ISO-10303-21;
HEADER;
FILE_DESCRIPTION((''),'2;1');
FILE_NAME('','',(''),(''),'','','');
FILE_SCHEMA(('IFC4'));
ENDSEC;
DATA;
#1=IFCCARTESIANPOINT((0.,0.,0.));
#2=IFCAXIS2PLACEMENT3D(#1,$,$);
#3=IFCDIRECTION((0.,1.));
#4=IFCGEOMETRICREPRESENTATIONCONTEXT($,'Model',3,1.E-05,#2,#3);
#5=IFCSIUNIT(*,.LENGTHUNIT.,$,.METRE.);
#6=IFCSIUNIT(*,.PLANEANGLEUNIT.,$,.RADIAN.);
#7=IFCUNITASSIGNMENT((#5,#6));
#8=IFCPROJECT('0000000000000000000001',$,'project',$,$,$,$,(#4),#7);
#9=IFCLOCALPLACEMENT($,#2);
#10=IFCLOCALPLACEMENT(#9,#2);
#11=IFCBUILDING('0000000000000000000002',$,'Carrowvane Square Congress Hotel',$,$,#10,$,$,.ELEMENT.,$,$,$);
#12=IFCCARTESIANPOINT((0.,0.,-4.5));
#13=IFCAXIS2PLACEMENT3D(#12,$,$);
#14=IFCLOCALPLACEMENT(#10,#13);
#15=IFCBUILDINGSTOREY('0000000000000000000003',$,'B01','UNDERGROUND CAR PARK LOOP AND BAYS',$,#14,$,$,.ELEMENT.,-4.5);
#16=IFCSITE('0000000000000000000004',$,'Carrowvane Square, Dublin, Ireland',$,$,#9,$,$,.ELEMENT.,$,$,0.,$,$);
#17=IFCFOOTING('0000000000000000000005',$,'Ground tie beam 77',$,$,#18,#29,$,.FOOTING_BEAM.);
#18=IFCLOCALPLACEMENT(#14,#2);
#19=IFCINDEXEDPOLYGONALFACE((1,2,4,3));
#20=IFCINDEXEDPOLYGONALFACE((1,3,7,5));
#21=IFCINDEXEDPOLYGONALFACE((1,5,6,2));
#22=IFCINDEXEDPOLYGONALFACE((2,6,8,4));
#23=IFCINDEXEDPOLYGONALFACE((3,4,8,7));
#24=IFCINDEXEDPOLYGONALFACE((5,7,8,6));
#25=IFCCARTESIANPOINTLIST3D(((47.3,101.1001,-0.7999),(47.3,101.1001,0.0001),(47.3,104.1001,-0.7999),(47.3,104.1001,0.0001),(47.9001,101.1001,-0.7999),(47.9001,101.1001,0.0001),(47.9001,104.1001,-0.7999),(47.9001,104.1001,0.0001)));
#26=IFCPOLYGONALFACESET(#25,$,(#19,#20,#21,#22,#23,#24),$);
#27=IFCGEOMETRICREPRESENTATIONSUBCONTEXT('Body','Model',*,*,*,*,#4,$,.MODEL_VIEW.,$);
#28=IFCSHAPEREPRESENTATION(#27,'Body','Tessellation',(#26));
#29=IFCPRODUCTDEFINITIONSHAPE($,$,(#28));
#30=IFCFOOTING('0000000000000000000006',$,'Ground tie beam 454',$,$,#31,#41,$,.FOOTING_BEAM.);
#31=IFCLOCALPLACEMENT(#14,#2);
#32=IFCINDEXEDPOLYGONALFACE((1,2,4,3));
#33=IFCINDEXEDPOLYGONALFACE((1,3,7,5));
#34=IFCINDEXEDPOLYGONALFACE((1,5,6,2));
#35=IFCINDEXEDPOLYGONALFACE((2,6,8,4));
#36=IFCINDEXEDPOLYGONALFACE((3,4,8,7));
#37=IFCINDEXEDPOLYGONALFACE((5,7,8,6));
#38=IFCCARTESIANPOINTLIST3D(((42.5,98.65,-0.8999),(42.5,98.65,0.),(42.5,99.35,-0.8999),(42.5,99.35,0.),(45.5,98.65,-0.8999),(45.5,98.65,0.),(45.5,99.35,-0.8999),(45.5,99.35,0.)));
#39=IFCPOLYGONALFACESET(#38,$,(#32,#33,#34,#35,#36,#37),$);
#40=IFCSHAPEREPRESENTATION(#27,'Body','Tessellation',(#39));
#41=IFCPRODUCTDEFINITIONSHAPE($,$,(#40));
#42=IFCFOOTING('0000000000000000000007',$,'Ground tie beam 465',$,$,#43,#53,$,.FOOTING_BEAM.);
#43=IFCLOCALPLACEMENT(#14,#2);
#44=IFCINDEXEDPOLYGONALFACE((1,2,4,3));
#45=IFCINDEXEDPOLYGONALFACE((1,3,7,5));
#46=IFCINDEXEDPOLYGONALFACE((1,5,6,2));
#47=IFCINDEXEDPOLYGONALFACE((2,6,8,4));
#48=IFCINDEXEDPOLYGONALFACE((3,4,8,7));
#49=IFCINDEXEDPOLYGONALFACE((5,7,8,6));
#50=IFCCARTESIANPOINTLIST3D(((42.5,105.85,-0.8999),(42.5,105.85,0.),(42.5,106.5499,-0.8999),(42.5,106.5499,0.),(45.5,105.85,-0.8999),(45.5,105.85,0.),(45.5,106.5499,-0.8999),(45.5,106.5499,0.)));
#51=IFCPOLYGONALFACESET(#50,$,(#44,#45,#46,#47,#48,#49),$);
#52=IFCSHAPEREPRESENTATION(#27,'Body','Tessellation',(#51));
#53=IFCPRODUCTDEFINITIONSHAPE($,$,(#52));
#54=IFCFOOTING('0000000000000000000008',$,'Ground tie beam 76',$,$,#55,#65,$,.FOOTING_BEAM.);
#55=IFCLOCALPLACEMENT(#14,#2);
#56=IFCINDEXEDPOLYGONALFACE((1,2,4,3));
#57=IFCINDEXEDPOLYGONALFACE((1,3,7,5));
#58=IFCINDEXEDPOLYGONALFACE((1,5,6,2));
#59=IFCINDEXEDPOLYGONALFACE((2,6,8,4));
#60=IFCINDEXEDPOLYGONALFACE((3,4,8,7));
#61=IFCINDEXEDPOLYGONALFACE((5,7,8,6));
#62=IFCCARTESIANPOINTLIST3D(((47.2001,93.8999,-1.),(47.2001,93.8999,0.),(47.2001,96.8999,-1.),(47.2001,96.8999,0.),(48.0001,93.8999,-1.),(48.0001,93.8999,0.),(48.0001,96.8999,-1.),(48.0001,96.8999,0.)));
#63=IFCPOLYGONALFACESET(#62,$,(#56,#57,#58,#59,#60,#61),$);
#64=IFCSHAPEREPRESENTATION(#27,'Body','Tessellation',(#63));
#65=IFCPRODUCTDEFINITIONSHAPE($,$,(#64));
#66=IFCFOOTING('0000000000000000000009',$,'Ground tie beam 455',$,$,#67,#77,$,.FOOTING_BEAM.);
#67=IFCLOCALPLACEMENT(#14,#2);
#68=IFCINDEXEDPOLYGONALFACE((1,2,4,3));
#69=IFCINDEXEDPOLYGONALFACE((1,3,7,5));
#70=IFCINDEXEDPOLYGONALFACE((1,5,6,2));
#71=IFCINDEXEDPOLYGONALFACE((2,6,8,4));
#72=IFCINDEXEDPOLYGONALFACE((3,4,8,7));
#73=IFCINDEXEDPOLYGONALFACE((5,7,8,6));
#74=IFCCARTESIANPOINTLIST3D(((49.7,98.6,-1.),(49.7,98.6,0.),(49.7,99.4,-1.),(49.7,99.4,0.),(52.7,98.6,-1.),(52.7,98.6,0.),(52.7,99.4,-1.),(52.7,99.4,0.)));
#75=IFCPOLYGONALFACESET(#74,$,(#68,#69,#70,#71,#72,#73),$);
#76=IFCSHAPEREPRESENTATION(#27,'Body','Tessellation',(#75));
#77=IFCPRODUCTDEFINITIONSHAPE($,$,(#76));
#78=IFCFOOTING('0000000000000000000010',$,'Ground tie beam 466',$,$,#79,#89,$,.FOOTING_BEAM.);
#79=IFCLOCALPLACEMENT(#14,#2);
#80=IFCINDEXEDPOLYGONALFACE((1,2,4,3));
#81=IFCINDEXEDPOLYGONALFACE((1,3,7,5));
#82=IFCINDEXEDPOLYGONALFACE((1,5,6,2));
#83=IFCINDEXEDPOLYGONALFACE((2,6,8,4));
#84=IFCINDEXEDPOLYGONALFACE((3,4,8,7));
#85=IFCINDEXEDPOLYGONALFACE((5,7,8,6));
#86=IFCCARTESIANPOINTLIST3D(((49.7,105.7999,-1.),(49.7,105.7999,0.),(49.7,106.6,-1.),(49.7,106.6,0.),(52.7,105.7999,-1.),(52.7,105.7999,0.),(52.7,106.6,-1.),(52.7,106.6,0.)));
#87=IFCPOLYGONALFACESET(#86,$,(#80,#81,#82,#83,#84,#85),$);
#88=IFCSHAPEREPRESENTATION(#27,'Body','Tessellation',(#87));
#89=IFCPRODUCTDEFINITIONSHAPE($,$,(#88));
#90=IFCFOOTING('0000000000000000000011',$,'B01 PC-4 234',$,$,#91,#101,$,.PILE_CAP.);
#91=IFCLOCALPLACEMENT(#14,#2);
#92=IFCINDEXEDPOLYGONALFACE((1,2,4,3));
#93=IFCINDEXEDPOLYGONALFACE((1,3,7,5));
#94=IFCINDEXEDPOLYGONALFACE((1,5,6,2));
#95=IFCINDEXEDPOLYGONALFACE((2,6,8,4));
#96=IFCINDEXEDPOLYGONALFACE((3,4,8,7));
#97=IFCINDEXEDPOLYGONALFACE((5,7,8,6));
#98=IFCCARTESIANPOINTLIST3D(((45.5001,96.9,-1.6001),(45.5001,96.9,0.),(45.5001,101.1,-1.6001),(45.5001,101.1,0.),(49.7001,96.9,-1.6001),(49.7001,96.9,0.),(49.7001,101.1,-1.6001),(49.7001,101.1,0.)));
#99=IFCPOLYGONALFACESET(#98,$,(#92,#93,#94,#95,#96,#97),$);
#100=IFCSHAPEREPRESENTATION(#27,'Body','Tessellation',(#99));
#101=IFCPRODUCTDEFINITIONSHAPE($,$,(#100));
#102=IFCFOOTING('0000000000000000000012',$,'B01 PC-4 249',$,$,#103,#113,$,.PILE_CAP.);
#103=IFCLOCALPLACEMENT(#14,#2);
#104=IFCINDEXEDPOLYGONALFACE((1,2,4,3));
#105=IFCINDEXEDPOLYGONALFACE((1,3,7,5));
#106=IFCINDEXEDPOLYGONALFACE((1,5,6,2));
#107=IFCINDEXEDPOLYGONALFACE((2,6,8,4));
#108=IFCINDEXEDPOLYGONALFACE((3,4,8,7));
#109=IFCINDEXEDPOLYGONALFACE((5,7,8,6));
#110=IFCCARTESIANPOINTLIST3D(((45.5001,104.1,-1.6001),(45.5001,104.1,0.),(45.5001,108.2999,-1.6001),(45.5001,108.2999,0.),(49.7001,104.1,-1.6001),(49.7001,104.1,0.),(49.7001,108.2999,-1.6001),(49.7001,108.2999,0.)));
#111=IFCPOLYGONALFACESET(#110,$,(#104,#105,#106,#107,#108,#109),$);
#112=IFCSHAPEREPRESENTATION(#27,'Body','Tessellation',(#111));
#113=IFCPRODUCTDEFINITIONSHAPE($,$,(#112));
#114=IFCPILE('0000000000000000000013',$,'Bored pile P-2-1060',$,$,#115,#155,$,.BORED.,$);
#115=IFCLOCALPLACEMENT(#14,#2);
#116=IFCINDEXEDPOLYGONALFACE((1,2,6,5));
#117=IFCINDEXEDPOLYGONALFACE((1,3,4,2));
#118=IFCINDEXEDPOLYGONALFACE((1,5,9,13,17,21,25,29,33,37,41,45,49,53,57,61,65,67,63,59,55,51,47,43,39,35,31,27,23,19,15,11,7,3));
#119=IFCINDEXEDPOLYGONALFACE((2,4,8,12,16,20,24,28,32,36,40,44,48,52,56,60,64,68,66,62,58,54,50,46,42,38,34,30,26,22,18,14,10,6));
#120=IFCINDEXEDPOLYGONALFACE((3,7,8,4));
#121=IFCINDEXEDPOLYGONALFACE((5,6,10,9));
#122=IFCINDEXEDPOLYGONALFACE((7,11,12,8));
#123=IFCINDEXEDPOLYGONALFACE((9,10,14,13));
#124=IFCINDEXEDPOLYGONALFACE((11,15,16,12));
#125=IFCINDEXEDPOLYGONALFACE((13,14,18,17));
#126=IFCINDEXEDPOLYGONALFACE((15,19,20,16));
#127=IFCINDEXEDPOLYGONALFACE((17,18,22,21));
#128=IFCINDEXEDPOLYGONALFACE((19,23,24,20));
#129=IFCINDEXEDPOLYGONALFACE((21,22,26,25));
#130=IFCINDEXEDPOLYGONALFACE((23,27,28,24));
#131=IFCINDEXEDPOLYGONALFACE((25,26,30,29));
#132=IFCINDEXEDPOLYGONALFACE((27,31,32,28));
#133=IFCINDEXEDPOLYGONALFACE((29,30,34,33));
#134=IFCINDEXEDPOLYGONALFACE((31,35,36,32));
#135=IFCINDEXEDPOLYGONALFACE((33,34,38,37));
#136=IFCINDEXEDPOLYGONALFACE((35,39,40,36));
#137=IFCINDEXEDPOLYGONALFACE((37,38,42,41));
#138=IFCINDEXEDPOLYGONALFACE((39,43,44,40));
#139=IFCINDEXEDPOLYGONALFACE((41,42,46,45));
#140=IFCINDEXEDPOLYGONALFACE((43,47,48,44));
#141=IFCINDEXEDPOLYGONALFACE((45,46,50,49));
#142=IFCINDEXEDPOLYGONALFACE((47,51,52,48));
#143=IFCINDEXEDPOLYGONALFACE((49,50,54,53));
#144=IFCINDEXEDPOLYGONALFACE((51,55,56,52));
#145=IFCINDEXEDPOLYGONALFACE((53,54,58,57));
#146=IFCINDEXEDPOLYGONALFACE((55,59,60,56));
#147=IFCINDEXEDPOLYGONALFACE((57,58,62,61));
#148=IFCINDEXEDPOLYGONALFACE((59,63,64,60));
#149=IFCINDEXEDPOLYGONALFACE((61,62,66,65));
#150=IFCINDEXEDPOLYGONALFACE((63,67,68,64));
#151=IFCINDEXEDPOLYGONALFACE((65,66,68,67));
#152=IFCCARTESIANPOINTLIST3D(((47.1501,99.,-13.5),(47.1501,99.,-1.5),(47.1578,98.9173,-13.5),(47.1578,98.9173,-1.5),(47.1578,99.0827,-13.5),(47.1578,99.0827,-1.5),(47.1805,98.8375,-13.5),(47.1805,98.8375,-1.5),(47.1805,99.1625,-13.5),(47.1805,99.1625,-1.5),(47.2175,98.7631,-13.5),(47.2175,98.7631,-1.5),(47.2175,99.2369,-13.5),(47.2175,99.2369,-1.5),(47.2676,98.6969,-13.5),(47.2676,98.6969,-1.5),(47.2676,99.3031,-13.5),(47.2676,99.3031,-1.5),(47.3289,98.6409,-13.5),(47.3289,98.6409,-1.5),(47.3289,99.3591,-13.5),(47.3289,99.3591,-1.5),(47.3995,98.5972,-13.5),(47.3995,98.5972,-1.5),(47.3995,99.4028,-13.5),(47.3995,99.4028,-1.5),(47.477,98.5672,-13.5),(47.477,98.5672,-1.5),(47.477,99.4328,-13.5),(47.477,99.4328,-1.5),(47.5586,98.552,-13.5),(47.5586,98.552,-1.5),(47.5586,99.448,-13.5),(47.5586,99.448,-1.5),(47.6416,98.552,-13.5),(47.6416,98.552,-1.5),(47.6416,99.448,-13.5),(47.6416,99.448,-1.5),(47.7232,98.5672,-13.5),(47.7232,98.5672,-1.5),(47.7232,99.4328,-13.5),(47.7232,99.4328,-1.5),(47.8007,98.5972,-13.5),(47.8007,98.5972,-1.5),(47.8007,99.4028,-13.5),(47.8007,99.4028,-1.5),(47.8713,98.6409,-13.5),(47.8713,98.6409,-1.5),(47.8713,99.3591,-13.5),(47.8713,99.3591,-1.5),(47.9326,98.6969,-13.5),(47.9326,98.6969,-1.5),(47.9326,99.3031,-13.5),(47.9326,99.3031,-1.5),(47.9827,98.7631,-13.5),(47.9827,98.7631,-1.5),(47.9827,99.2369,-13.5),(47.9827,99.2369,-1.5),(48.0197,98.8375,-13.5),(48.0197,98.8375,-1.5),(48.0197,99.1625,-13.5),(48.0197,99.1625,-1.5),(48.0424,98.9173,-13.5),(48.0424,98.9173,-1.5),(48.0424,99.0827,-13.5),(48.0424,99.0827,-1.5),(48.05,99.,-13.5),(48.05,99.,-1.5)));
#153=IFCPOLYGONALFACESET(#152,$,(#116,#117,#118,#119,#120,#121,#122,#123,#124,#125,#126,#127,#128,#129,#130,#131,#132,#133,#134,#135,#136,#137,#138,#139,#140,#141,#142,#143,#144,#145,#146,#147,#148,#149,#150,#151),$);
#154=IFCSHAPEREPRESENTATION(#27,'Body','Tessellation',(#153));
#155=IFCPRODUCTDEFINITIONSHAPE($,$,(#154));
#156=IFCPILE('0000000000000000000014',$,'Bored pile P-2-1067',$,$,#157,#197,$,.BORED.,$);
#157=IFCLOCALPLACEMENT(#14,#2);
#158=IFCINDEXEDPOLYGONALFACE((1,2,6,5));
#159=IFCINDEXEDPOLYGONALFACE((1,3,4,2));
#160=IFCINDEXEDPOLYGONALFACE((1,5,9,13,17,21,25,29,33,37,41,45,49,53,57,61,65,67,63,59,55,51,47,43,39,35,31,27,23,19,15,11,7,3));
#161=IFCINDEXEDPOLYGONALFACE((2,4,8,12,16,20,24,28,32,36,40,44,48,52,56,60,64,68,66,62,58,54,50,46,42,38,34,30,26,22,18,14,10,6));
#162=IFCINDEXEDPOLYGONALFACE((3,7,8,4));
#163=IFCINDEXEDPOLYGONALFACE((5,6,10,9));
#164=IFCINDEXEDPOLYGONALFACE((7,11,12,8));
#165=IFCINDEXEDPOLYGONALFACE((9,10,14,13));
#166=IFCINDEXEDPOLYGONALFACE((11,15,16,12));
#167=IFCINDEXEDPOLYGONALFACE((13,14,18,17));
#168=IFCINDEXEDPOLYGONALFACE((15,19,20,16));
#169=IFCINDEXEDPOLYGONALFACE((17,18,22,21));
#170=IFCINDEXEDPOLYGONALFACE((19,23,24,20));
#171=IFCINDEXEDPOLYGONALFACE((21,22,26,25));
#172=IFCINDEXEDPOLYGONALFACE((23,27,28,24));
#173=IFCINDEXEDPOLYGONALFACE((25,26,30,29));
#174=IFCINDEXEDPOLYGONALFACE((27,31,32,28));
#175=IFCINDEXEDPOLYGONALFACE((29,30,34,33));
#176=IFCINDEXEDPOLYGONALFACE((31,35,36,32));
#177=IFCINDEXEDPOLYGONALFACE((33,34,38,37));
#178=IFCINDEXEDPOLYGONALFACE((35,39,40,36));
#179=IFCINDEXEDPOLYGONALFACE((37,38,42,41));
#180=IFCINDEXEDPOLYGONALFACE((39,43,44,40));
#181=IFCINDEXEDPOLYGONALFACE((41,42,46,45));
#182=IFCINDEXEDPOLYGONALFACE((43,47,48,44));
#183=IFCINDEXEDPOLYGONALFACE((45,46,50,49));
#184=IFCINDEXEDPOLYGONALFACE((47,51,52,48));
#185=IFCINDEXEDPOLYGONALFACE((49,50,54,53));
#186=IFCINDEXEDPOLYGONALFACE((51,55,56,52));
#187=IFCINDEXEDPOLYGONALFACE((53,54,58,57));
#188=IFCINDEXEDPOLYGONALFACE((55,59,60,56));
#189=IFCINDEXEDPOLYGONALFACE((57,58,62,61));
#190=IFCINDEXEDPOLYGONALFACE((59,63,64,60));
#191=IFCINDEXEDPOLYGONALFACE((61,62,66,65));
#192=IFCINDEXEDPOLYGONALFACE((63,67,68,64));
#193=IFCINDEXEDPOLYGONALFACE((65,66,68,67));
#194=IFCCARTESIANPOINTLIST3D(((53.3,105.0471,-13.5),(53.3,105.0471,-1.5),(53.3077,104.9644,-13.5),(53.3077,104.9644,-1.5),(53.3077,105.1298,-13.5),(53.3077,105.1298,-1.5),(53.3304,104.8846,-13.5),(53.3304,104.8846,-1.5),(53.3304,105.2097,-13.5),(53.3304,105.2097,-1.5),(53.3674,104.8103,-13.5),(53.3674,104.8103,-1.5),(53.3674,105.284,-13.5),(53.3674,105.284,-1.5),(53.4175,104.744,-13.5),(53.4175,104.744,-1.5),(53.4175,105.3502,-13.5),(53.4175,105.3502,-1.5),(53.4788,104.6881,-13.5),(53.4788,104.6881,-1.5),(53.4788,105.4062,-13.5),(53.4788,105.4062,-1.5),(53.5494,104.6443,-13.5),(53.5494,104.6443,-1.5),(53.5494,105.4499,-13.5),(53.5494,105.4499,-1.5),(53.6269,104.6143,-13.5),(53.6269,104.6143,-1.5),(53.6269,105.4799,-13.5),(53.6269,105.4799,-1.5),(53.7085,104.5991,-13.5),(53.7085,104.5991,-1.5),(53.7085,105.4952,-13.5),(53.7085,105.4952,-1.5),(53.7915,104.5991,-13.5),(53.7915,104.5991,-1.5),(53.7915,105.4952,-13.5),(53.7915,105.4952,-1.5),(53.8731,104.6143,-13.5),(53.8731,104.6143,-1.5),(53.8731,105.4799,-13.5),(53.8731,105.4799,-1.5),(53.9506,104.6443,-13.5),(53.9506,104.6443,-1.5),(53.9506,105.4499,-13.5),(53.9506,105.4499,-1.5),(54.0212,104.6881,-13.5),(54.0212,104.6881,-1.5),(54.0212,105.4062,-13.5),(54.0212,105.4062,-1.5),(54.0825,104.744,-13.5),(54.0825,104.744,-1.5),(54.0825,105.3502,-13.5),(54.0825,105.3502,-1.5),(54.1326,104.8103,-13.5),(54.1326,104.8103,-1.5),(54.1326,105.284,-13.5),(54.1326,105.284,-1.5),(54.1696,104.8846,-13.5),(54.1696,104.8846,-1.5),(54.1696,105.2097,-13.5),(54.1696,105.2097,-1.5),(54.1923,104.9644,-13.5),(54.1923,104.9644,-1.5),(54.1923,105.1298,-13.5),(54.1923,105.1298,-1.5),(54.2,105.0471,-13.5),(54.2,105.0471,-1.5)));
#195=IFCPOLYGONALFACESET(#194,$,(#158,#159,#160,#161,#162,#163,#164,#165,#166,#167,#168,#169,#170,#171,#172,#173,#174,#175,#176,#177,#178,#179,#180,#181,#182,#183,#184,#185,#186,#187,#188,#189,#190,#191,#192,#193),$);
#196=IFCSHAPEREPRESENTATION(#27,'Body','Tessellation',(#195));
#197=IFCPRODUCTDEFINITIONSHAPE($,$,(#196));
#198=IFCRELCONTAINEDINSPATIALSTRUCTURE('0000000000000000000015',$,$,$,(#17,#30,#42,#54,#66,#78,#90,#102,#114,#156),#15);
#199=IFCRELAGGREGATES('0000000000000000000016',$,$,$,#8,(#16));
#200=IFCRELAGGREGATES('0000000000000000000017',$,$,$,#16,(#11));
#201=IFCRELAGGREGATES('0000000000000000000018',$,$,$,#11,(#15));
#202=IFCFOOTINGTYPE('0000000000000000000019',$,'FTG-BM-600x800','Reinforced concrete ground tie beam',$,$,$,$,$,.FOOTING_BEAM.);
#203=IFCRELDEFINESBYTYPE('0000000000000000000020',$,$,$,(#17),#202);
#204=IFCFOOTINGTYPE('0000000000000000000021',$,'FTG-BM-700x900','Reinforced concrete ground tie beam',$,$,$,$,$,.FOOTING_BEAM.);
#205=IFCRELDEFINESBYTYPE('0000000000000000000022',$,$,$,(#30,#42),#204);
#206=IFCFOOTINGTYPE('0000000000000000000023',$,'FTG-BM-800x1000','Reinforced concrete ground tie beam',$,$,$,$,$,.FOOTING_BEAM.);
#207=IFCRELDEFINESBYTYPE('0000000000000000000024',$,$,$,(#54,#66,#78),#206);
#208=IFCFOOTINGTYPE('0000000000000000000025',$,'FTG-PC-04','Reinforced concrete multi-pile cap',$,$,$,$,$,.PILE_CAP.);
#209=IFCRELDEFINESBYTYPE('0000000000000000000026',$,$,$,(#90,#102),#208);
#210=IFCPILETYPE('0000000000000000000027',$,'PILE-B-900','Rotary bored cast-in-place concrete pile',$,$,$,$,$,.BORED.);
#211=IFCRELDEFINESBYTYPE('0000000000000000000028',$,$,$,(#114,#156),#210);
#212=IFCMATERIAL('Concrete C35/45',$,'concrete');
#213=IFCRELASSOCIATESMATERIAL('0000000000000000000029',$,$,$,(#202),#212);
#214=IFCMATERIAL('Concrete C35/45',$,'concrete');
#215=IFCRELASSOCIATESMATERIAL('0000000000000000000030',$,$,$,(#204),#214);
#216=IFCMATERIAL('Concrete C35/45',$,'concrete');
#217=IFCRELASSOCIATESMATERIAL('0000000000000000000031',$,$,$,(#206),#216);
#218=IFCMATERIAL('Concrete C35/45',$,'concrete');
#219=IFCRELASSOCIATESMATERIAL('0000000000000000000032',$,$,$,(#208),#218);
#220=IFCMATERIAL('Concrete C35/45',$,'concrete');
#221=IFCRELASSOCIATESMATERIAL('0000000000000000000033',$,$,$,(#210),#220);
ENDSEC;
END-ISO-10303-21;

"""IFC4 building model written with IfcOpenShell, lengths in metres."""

from ifc_helpers import new_model, si_unit, direction, frame, origin, origin_2d, place, context, subcontext, project, spatial, rectangle, circle, extrude, material, material_profile, profile_set, type_object, element, save


model = new_model("IFC4")

# Units and contexts
model_context = context("Model", 3, precision=1e-05, world=origin(), true_north=direction((0.0, 1.0)))
body_context = subcontext(model_context, "Body", "Model", "MODEL_VIEW")
ifc_project = project(units=[si_unit("LENGTHUNIT", "METRE"), si_unit("PLANEANGLEUNIT", "RADIAN")], contexts=[model_context])

# Site, building, storey
site_placement = place(None, origin())
site = spatial("IfcSite", under=ifc_project, at=site_placement, Name="Carrowvane Square, Dublin, Ireland", CompositionType="ELEMENT", RefElevation=0.0)
building_placement = place(site_placement, origin())
building = spatial("IfcBuilding", under=site, at=building_placement, Name="Carrowvane Square Congress Hotel", CompositionType="ELEMENT")
storey_placement = place(building_placement, frame((0.0, 0.0, -4.5)))
storey = spatial("IfcBuildingStorey", under=building, at=storey_placement, Name="B01", Description="UNDERGROUND CAR PARK LOOP AND BAYS", CompositionType="ELEMENT", Elevation=-4.5)

# Footings
ifc_material_1 = material(Name="Concrete C35/45", Category="concrete")
ifc_material_profile_1 = material_profile(ifc_material_1, rectangle(XDim=0.6001, YDim=0.8, at=origin_2d()), Name="RC 600x800")
ifc_profile_set_1 = profile_set([ifc_material_profile_1], Name="Concrete C35/45")
footing_type_1 = type_object("IfcFootingType", Name="FTG-BM-600x800", Description="Reinforced concrete ground tie beam", PredefinedType="FOOTING_BEAM", material=ifc_profile_set_1)
footing_placement = place(storey_placement, frame((47.6001, 101.1001, -0.3999), z_axis=(0.0, 1.0, 0.0), x_axis=(-1.0, 0.0, 0.0)))
element("IfcFooting", 1, at=footing_placement, inside=storey, type_object=footing_type_1, Name="Ground tie beam 77", PredefinedType="FOOTING_BEAM", context=body_context, shape_type="SweptSolid", body=[
    extrude(rectangle(XDim=0.6001, YDim=0.8, at=origin_2d()), origin(), (0.0, 0.0, 1.0), 3.0),
])
ifc_material_2 = material(Name="Concrete C35/45", Category="concrete")
ifc_material_profile_2 = material_profile(ifc_material_2, rectangle(XDim=0.7, YDim=0.8999, at=origin_2d()), Name="RC 700x900")
ifc_profile_set_2 = profile_set([ifc_material_profile_2], Name="Concrete C35/45")
footing_type_2 = type_object("IfcFootingType", Name="FTG-BM-700x900", Description="Reinforced concrete ground tie beam", PredefinedType="FOOTING_BEAM", material=ifc_profile_set_2)
for number, where, z_axis, x_axis, name in (
    (2, (42.5, 99.0, -0.45), (1.0, 0.0, 0.0), (0.0, 1.0, 0.0), "Ground tie beam 454"),
    (3, (42.5, 106.2, -0.45), (1.0, 0.0, 0.0), (0.0, 1.0, 0.0), "Ground tie beam 465"),
):
    element("IfcFooting", number, at=place(storey_placement, frame(where, z_axis=z_axis, x_axis=x_axis)), inside=storey, type_object=footing_type_2, Name=name, PredefinedType="FOOTING_BEAM", context=body_context, shape_type="SweptSolid", body=[
        extrude(rectangle(XDim=0.7, YDim=0.8999, at=origin_2d()), origin(), (0.0, 0.0, 1.0), 3.0),
    ])
ifc_material_3 = material(Name="Concrete C35/45", Category="concrete")
ifc_material_profile_3 = material_profile(ifc_material_3, rectangle(XDim=0.8, YDim=1.0, at=origin_2d()), Name="RC 800x1000")
ifc_profile_set_3 = profile_set([ifc_material_profile_3], Name="Concrete C35/45")
footing_type_3 = type_object("IfcFootingType", Name="FTG-BM-800x1000", Description="Reinforced concrete ground tie beam", PredefinedType="FOOTING_BEAM", material=ifc_profile_set_3)
for number, where, z_axis, x_axis, name in (
    (4, (47.6001, 93.8999, -0.5), (0.0, 1.0, 0.0), (-1.0, 0.0, 0.0), "Ground tie beam 76"),
    (5, (49.7, 99.0, -0.5), (1.0, 0.0, 0.0), (0.0, 1.0, 0.0), "Ground tie beam 455"),
    (6, (49.7, 106.2, -0.5), (1.0, 0.0, 0.0), (0.0, 1.0, 0.0), "Ground tie beam 466"),
):
    element("IfcFooting", number, at=place(storey_placement, frame(where, z_axis=z_axis, x_axis=x_axis)), inside=storey, type_object=footing_type_3, Name=name, PredefinedType="FOOTING_BEAM", context=body_context, shape_type="SweptSolid", body=[
        extrude(rectangle(XDim=0.8, YDim=1.0, at=origin_2d()), origin(), (0.0, 0.0, 1.0), 3.0),
    ])
ifc_material_4 = material(Name="Concrete C35/45", Category="concrete")
footing_type_4 = type_object("IfcFootingType", Name="FTG-PC-04", Description="Reinforced concrete multi-pile cap", PredefinedType="PILE_CAP", material=ifc_material_4)
for number, where, z_axis, x_axis, name in (
    (7, (47.6001, 99.0, -1.6001), (0.0, 0.0, 1.0), (1.0, 0.0, 0.0), "B01 PC-4 234"),
    (8, (47.6001, 106.2, -1.6001), (0.0, 0.0, 1.0), (1.0, 0.0, 0.0), "B01 PC-4 249"),
):
    element("IfcFooting", number, at=place(storey_placement, frame(where, z_axis=z_axis, x_axis=x_axis)), inside=storey, type_object=footing_type_4, Name=name, PredefinedType="PILE_CAP", context=body_context, shape_type="SweptSolid", body=[
        extrude(rectangle(XDim=4.2, YDim=4.2, at=origin_2d()), origin(), (0.0, 0.0, 1.0), 1.6001),
    ])

# Piles
ifc_material_5 = material(Name="Concrete C35/45", Category="concrete")
ifc_material_profile_4 = material_profile(ifc_material_5, circle(Radius=0.45, at=origin_2d()), Name="PILE D900")
ifc_profile_set_4 = profile_set([ifc_material_profile_4], Name="Concrete C35/45")
pile_type = type_object("IfcPileType", Name="PILE-B-900", Description="Rotary bored cast-in-place concrete pile", PredefinedType="BORED", material=ifc_profile_set_4)
for number, where, z_axis, x_axis, name in (
    (9, (47.6001, 99.0, -1.5), (0.0, 0.0, -1.0), (1.0, 0.0, 0.0), "Bored pile P-2-1060"),
    (10, (53.75, 105.0471, -1.5), (0.0, 0.0, -1.0), (1.0, 0.0, 0.0), "Bored pile P-2-1067"),
):
    element("IfcPile", number, at=place(storey_placement, frame(where, z_axis=z_axis, x_axis=x_axis)), inside=storey, type_object=pile_type, Name=name, PredefinedType="BORED", context=body_context, shape_type="SweptSolid", body=[
        extrude(circle(Radius=0.45, at=origin_2d()), origin(), (0.0, 0.0, 1.0), 12.0),
    ])

save(model, "model.ifc")
